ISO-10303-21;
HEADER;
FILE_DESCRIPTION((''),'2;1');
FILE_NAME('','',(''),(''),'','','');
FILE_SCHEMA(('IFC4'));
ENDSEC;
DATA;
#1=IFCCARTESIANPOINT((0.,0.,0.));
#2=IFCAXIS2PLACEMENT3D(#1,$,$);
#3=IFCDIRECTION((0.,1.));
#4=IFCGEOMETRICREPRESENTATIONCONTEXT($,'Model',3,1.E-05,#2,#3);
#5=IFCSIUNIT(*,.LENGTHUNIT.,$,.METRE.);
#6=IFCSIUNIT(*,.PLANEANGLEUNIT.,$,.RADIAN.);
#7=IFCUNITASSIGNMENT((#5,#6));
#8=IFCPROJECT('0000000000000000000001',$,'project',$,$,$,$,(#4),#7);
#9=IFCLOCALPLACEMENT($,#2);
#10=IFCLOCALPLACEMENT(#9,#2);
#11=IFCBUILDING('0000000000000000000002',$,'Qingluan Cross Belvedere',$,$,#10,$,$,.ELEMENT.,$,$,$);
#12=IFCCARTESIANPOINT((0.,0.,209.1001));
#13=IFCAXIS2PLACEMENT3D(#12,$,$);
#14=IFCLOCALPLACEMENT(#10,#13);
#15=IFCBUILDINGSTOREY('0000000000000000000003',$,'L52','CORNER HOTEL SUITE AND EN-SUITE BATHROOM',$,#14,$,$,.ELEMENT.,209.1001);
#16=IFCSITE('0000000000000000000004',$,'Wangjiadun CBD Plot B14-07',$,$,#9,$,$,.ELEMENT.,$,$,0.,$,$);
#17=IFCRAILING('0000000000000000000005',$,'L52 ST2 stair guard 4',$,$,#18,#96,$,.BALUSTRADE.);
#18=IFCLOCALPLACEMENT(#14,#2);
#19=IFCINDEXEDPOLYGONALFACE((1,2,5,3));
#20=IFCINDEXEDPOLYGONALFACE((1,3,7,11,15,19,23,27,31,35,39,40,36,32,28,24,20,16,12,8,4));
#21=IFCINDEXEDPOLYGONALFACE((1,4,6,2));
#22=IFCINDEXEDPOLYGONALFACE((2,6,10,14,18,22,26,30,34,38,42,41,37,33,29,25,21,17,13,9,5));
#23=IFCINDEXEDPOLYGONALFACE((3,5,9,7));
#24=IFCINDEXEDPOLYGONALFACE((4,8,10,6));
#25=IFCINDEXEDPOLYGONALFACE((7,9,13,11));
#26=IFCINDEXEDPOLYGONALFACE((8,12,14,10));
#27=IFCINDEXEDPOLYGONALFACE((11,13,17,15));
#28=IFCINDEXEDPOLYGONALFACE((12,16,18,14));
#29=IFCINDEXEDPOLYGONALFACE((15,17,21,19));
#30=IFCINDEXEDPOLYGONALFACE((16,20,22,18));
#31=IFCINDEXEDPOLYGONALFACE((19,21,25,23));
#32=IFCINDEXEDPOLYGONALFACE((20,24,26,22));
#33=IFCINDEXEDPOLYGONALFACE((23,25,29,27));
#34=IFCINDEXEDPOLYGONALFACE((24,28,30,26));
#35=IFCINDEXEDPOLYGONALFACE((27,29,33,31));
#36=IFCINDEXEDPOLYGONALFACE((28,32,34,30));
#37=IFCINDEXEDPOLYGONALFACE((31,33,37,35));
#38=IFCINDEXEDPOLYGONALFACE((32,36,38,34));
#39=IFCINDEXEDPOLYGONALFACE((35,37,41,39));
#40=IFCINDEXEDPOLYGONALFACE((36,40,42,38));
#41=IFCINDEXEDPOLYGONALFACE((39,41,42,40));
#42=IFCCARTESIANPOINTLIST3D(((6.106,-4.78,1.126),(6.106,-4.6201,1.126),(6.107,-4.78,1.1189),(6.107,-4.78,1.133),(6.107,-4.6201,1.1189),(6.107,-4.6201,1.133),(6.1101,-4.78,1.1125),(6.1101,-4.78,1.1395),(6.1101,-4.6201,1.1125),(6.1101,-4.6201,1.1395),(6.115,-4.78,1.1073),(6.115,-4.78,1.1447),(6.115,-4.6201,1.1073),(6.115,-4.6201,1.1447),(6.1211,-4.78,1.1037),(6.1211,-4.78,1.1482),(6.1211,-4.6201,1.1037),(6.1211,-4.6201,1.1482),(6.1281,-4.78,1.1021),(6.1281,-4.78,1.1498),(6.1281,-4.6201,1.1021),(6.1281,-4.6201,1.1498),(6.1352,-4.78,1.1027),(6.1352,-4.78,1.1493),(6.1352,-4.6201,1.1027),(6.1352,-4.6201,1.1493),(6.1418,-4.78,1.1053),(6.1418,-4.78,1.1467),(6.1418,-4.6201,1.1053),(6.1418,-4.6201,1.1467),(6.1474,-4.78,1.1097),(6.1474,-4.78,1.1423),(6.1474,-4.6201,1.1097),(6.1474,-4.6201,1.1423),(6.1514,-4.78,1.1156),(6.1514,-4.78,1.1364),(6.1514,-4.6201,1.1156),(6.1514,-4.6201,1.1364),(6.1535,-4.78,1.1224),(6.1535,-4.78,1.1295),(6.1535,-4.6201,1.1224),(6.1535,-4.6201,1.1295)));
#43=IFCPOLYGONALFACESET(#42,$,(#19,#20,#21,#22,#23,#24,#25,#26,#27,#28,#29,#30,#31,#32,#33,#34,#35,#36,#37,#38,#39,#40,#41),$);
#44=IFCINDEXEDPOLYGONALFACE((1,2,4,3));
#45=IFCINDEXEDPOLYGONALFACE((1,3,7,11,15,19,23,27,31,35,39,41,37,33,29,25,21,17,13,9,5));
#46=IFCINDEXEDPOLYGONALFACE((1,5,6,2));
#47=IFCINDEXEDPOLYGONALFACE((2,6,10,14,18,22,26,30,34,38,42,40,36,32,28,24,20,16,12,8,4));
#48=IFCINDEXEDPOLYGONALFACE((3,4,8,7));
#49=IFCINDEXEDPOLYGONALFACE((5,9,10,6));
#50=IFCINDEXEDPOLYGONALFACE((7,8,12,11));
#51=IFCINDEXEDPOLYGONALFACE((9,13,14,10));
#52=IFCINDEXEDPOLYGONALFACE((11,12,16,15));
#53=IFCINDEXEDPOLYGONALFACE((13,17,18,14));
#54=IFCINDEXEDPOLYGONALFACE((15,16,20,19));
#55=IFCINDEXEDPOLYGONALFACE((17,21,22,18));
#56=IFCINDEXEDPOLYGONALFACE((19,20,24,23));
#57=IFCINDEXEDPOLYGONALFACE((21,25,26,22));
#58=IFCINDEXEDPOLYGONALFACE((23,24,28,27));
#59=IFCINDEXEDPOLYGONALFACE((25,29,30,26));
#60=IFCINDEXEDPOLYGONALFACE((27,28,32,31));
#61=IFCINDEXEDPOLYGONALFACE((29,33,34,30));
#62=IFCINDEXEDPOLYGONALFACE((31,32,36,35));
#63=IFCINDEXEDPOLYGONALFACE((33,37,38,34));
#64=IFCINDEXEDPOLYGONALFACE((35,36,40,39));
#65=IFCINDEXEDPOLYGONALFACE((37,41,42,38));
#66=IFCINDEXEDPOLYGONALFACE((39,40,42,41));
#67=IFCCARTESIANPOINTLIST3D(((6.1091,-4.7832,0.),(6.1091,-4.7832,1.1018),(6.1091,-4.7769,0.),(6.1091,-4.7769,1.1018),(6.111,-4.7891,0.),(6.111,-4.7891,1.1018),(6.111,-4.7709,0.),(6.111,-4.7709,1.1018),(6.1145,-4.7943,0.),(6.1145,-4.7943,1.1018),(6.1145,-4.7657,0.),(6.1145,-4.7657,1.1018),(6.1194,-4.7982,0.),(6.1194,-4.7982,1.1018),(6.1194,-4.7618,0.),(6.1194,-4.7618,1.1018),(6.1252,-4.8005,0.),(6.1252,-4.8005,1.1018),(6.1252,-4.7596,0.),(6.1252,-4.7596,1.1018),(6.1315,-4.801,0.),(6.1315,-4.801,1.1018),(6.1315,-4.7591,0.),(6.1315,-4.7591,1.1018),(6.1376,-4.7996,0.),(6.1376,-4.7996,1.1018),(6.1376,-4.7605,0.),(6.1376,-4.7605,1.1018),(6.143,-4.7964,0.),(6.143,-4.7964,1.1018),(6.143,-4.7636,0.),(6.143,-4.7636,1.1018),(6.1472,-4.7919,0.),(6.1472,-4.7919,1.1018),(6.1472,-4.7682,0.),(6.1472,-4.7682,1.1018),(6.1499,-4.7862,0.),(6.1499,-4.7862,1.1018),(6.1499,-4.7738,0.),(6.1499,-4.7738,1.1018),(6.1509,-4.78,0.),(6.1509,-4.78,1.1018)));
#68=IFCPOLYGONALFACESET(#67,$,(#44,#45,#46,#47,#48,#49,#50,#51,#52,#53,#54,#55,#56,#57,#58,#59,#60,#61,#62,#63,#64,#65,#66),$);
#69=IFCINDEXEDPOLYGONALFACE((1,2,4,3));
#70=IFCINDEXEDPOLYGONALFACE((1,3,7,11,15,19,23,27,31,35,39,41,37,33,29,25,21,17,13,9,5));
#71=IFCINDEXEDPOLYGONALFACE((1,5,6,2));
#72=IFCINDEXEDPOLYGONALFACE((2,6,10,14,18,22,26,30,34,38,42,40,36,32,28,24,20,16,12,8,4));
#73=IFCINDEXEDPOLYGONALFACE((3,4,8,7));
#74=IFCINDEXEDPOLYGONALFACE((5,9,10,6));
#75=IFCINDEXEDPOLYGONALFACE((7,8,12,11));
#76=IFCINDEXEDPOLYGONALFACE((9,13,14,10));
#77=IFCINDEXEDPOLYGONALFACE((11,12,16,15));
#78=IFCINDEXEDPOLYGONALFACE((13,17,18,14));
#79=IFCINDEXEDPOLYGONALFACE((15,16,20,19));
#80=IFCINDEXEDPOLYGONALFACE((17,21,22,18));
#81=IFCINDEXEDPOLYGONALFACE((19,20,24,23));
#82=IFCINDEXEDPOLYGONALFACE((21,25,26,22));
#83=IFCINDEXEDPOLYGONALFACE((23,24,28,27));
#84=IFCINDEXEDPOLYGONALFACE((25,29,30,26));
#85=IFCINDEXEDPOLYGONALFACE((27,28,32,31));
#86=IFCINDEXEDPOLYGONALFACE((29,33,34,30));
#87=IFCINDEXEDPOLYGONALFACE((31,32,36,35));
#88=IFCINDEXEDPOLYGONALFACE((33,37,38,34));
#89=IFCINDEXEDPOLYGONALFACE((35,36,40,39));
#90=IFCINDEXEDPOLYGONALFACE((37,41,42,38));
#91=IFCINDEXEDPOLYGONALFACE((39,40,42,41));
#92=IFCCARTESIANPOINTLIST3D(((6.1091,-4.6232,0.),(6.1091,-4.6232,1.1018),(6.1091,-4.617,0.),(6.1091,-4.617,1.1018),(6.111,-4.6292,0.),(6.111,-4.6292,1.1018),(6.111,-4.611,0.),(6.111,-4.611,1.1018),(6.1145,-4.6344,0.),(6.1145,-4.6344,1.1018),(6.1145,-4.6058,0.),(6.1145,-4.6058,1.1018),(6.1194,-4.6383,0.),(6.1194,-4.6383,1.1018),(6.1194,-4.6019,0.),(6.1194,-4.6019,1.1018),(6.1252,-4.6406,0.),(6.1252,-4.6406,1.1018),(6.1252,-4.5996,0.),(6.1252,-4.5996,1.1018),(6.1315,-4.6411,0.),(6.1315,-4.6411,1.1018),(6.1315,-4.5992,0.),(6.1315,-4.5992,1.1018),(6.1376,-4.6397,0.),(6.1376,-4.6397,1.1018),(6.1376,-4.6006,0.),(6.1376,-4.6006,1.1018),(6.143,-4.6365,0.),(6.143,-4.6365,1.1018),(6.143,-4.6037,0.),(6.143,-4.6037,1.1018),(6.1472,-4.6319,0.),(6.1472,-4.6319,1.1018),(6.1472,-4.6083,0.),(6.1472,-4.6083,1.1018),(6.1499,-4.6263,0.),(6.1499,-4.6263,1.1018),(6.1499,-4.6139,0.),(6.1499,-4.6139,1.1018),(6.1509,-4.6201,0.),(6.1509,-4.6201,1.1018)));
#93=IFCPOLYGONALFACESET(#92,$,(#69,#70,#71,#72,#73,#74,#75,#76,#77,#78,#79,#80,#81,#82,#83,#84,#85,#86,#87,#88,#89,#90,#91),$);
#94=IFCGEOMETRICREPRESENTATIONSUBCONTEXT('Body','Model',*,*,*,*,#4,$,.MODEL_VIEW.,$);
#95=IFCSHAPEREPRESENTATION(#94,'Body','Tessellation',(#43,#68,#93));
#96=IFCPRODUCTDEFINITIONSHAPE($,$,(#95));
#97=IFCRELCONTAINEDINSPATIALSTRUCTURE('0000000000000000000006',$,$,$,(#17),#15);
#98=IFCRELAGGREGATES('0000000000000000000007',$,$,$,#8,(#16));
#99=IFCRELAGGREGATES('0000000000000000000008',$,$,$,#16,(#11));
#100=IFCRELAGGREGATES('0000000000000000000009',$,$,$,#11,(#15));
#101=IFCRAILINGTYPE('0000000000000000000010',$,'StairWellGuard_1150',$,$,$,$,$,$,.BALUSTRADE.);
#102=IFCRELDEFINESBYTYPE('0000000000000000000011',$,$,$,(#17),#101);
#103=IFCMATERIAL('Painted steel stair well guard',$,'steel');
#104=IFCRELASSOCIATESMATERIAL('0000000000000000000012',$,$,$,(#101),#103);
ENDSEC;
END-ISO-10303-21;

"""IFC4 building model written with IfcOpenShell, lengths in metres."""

from ifc_helpers import new_model, si_unit, direction, frame, origin, origin_2d, place, context, subcontext, project, spatial, circle, extrude, material, type_object, element, save


model = new_model("IFC4")

# Units and contexts
model_context = context("Model", 3, precision=1e-05, world=origin(), true_north=direction((0.0, 1.0)))
body_context = subcontext(model_context, "Body", "Model", "MODEL_VIEW")
ifc_project = project(units=[si_unit("LENGTHUNIT", "METRE"), si_unit("PLANEANGLEUNIT", "RADIAN")], contexts=[model_context])

# Site, building, storey
site_placement = place(None, origin())
site = spatial("IfcSite", under=ifc_project, at=site_placement, Name="Wangjiadun CBD Plot B14-07", CompositionType="ELEMENT", RefElevation=0.0)
building_placement = place(site_placement, origin())
building = spatial("IfcBuilding", under=site, at=building_placement, Name="Qingluan Cross Belvedere", CompositionType="ELEMENT")
storey_placement = place(building_placement, frame((0.0, 0.0, 209.1001)))
storey = spatial("IfcBuildingStorey", under=building, at=storey_placement, Name="L52", Description="CORNER HOTEL SUITE AND EN-SUITE BATHROOM", CompositionType="ELEMENT", Elevation=209.1001)

# Railing
ifc_material_1 = material(Name="Painted steel stair well guard", Category="steel")
railing_type_1 = type_object("IfcRailingType", Name="StairWellGuard_1150", PredefinedType="BALUSTRADE", material=ifc_material_1)
railing_1_placement = place(storey_placement, frame((6.1299, -4.78, 0.0)))
element("IfcRailing", 1, at=railing_1_placement, inside=storey, type_object=railing_type_1, Name="L52 ST2 stair guard 4", PredefinedType="BALUSTRADE", context=body_context, shape_type="SweptSolid", body=[
    extrude(circle(Radius=0.0239, at=origin_2d()), frame((0.0, 0.0, 1.126), z_axis=(0.0, 1.0, 0.0), x_axis=(-1.0, 0.0, 0.0)), (0.0, 0.0, 1.0), 0.1599),
    extrude(circle(Radius=0.021, at=origin_2d()), origin(), (0.0, 0.0, 1.0), 1.1018),
    extrude(circle(Radius=0.021, at=origin_2d()), frame((0.0, 0.1599, 0.0)), (0.0, 0.0, 1.0), 1.1018),
])

save(model, "model.ifc")
